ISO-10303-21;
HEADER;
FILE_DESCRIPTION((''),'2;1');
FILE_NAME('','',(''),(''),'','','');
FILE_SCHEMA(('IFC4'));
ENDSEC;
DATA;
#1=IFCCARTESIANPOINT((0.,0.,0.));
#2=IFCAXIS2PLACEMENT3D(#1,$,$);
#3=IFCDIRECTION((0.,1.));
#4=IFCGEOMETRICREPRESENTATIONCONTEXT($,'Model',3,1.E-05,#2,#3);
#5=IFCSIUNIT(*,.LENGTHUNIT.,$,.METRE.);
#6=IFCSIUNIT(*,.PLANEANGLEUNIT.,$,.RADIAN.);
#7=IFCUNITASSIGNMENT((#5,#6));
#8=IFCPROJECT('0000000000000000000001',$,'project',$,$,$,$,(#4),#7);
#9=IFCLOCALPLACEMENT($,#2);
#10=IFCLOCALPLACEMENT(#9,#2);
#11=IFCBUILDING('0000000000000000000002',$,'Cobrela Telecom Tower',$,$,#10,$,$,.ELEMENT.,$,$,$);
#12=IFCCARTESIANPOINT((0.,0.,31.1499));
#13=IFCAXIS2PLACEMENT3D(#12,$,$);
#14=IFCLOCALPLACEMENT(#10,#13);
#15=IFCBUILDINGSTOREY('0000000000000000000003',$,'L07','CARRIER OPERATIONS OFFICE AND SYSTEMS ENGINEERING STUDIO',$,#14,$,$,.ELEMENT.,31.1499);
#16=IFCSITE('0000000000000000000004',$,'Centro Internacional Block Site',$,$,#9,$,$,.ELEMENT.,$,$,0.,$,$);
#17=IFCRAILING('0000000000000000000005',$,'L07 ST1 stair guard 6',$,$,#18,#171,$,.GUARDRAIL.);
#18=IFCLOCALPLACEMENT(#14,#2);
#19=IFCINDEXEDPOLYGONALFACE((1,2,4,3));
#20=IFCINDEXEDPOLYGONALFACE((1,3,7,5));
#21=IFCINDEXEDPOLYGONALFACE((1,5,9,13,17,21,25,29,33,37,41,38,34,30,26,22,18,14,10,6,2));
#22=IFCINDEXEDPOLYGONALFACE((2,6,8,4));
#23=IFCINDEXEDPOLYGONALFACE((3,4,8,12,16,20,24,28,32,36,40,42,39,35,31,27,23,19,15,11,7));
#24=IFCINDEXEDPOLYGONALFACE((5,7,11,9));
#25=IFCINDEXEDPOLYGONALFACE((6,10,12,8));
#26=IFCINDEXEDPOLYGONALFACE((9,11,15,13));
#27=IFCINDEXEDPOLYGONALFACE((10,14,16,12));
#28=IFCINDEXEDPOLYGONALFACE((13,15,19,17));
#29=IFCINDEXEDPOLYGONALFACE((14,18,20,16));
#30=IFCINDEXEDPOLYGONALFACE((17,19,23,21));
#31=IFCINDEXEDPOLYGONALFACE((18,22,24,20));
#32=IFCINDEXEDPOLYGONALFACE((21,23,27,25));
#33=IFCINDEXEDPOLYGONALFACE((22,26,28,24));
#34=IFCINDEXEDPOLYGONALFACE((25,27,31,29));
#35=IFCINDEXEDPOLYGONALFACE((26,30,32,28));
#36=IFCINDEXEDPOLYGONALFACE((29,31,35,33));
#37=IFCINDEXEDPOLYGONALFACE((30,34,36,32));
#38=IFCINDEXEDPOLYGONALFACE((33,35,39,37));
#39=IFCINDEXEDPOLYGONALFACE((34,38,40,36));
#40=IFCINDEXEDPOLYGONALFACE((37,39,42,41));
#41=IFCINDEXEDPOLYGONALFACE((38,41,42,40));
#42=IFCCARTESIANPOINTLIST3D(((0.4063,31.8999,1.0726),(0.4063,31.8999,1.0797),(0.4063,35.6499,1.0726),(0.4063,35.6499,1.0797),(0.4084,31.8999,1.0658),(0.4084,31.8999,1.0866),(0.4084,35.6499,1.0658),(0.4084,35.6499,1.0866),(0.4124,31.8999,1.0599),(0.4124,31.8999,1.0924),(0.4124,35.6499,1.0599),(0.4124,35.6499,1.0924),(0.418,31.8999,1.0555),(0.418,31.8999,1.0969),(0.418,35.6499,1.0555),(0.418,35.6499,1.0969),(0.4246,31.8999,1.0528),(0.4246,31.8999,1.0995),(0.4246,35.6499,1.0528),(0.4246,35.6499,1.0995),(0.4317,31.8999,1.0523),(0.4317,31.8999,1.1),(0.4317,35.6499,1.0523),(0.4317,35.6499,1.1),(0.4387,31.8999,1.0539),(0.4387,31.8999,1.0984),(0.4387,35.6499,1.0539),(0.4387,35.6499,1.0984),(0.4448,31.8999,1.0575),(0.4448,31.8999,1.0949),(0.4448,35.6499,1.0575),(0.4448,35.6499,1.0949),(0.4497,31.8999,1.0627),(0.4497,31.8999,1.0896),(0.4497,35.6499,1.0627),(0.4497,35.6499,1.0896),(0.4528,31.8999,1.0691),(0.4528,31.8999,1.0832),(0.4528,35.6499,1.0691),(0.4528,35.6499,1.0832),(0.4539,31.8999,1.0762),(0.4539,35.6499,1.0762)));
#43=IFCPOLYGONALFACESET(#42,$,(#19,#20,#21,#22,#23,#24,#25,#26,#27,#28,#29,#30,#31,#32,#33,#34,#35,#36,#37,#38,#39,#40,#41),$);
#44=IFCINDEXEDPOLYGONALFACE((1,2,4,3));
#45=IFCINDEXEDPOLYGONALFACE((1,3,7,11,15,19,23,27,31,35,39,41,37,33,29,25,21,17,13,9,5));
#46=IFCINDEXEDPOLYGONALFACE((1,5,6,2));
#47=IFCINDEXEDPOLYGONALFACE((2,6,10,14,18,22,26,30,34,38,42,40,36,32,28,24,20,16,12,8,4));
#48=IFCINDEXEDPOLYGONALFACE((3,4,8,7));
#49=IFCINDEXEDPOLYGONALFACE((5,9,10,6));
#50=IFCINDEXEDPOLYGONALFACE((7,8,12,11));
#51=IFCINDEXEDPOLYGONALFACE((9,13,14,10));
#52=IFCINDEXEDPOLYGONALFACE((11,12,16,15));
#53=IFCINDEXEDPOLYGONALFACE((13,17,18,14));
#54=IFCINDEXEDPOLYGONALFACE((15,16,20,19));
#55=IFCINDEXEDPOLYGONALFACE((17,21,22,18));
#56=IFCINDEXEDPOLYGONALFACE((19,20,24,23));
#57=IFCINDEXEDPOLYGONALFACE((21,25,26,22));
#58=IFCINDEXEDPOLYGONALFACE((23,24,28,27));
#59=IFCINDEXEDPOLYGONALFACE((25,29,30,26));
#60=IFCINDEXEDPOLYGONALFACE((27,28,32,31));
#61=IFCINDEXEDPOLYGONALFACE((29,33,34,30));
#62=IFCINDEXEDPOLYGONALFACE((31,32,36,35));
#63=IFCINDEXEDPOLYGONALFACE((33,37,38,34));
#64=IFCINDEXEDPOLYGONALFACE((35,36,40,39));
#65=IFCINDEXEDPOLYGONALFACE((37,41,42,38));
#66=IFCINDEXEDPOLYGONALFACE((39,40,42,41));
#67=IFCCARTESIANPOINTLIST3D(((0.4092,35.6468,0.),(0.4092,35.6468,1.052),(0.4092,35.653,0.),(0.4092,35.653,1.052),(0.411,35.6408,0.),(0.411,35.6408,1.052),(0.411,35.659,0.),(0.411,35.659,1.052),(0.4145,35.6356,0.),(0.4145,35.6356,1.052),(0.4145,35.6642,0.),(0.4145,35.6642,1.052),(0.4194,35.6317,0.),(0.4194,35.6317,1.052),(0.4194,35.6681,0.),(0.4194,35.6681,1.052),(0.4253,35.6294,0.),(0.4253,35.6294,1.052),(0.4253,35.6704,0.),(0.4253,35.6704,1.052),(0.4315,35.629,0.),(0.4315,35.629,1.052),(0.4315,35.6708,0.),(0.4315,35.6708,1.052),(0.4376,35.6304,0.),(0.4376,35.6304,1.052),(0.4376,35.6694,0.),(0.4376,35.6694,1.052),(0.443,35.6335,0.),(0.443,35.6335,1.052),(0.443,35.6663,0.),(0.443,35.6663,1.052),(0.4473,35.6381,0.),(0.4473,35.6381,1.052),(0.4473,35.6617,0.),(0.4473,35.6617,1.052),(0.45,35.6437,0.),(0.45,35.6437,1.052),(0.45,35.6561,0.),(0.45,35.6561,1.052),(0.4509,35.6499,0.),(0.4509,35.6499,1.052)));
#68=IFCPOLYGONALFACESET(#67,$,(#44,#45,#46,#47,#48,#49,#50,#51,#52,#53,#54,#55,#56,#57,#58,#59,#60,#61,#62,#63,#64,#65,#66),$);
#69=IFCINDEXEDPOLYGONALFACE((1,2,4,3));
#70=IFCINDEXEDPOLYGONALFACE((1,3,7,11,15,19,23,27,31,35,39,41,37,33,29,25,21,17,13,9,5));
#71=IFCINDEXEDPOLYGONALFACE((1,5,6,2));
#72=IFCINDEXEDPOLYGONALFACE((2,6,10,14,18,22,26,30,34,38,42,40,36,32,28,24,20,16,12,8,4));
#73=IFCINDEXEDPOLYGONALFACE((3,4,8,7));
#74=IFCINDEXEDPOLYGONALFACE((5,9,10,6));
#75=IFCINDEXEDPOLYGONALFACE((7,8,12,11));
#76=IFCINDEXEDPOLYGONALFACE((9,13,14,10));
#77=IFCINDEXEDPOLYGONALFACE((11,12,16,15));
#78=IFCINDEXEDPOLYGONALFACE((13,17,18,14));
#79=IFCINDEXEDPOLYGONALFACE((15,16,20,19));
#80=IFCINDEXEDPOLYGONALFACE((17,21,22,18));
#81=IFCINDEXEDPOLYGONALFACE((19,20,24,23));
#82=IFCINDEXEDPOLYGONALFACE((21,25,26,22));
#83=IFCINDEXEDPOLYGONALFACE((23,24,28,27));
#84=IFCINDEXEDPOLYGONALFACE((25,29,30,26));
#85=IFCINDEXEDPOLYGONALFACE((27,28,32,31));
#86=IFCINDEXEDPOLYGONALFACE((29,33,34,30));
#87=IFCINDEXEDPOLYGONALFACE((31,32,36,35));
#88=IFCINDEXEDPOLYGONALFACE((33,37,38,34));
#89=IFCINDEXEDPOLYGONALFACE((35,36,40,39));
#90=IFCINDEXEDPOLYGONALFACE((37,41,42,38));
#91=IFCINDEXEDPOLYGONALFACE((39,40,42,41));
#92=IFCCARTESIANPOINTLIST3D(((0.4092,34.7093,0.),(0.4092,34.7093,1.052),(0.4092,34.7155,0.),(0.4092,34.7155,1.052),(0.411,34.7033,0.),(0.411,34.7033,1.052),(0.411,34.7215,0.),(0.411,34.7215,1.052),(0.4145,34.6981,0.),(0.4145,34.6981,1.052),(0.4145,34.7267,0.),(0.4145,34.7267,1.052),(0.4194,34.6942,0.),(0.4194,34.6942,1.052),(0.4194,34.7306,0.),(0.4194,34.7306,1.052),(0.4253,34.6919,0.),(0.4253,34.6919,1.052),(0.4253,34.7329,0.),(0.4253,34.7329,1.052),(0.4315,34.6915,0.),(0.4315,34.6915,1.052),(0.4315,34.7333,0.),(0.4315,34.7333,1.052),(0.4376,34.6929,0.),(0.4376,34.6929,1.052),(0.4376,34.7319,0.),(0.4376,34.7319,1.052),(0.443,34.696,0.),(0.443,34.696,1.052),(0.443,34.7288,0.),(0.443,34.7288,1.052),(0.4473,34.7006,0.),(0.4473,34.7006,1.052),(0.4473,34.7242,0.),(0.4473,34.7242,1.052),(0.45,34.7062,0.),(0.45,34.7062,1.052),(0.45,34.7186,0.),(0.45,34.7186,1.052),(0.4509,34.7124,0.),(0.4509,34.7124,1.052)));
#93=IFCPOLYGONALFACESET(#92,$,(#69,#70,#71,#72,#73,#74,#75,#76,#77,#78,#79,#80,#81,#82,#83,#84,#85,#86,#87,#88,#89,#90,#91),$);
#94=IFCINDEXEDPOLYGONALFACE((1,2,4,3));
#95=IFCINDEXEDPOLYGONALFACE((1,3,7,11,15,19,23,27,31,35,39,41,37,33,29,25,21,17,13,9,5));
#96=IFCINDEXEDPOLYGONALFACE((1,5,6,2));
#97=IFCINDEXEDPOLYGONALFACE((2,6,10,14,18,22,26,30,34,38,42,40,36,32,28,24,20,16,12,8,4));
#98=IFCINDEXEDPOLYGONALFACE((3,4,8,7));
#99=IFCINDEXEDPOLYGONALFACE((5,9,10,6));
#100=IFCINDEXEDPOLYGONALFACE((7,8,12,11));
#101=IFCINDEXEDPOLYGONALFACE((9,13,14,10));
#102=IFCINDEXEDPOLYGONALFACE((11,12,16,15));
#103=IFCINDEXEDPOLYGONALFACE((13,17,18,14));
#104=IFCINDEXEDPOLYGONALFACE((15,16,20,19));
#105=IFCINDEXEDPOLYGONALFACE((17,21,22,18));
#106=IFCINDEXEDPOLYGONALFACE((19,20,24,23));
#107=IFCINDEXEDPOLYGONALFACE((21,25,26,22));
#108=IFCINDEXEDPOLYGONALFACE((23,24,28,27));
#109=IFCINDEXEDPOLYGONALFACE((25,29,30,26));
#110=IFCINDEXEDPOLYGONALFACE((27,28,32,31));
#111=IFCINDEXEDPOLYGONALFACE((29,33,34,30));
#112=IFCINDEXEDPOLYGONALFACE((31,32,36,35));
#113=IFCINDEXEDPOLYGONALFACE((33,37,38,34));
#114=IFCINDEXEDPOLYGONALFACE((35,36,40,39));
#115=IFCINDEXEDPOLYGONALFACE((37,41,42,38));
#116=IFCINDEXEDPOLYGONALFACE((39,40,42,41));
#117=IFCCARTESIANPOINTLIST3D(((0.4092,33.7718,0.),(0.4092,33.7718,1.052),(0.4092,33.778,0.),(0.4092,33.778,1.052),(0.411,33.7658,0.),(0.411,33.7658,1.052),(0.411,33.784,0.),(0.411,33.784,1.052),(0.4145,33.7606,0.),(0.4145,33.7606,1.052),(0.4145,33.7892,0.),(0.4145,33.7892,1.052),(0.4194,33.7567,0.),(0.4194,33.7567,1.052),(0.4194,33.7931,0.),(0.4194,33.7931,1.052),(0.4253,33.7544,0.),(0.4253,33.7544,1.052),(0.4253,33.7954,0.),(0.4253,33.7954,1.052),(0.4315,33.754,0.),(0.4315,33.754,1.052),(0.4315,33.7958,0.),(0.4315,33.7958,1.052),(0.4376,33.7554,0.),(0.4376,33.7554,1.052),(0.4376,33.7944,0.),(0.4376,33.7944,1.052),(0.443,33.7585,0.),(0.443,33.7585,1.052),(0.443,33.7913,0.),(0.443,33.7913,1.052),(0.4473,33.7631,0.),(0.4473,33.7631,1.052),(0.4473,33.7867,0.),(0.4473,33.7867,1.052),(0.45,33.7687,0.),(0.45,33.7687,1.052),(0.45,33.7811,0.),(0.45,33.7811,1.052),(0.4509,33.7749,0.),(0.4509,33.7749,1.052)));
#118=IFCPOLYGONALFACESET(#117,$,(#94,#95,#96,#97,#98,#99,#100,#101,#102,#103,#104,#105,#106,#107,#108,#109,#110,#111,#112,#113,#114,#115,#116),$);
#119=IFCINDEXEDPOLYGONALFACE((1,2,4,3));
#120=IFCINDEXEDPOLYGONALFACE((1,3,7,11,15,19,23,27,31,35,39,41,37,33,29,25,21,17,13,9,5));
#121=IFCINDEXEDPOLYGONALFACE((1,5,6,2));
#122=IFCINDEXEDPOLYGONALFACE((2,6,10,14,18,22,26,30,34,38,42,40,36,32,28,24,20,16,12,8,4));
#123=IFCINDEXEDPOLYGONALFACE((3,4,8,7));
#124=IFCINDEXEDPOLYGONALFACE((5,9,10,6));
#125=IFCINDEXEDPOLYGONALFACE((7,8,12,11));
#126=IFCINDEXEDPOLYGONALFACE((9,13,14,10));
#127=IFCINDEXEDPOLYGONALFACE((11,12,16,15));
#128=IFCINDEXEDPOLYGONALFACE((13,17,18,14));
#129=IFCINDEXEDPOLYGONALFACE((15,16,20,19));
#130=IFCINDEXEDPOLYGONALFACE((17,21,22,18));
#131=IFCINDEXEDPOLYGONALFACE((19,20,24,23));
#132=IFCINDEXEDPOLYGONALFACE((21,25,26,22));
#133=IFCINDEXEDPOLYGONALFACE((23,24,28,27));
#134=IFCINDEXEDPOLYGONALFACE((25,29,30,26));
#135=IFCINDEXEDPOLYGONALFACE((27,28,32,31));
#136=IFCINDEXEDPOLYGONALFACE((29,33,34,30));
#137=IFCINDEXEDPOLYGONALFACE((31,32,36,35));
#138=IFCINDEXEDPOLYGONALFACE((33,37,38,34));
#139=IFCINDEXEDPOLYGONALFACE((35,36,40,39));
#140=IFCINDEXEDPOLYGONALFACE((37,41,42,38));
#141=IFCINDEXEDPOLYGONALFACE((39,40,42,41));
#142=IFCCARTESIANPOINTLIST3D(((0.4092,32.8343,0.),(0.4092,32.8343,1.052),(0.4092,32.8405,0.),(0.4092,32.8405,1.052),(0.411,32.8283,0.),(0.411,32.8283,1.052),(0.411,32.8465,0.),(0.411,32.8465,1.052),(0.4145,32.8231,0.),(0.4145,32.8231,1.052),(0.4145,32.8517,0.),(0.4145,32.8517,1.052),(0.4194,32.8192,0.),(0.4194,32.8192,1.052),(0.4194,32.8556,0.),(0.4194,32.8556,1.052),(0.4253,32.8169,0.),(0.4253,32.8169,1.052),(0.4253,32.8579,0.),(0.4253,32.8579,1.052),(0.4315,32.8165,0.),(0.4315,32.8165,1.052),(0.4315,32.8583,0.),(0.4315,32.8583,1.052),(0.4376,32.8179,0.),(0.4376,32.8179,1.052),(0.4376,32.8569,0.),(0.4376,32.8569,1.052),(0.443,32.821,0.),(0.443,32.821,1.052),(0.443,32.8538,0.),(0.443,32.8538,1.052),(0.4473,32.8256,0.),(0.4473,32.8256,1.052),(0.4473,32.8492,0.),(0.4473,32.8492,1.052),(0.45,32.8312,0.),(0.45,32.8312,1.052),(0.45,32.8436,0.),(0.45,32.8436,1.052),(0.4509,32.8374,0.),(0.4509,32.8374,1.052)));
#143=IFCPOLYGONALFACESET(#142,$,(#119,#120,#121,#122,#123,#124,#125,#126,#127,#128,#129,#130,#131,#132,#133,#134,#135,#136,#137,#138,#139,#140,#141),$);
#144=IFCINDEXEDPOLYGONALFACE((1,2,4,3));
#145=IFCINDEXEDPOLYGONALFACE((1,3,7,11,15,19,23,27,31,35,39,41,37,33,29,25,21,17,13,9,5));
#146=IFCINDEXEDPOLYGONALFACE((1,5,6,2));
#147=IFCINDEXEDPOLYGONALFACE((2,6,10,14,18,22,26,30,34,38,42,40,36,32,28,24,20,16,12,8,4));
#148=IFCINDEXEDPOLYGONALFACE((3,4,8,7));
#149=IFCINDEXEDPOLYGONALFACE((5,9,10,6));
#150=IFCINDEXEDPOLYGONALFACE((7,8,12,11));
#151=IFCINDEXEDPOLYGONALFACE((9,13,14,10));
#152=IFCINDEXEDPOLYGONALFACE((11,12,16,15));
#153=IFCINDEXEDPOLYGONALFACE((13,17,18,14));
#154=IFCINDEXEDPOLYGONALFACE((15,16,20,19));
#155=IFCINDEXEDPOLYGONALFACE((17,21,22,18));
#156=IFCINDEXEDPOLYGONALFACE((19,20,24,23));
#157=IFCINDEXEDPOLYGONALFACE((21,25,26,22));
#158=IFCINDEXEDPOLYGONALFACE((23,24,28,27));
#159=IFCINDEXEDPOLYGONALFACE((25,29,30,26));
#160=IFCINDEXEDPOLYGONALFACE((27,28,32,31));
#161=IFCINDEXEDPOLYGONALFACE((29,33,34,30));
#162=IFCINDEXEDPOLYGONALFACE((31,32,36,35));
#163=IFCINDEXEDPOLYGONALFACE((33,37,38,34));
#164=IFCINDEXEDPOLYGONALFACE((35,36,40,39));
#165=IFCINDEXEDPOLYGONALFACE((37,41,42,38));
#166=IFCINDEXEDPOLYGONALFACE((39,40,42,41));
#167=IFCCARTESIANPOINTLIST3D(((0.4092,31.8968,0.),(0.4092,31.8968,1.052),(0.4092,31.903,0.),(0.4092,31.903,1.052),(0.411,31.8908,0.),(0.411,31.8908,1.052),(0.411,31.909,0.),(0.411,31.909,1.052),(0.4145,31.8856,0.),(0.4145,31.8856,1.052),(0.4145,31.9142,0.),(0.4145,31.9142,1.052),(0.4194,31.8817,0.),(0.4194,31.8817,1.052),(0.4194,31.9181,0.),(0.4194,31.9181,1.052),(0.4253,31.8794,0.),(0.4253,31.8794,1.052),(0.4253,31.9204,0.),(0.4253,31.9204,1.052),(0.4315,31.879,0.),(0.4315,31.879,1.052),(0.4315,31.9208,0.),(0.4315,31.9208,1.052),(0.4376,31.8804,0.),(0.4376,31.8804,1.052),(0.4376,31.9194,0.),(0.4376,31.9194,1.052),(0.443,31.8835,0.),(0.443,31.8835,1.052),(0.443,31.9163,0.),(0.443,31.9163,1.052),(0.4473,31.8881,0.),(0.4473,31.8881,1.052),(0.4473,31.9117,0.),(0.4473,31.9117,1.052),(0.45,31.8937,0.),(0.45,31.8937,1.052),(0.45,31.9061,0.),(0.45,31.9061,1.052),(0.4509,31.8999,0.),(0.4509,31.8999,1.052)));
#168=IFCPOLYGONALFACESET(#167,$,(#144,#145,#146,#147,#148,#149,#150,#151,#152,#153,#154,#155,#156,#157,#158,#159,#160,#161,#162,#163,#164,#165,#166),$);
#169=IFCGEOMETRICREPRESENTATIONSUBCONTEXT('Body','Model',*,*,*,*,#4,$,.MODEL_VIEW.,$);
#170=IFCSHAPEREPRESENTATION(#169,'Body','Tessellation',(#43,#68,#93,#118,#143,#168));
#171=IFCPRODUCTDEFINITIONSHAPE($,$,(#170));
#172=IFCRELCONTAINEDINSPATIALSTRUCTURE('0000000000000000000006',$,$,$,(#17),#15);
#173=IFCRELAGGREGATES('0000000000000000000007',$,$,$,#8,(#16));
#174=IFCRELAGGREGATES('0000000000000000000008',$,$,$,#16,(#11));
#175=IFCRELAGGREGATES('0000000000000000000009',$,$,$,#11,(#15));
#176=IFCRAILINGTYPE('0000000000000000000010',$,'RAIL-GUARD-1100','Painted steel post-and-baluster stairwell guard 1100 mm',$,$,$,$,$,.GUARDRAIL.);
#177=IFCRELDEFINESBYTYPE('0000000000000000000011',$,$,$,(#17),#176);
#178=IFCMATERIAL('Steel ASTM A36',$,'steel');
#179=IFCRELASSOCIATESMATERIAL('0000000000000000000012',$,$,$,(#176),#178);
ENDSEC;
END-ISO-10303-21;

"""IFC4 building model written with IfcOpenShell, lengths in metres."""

from ifc_helpers import new_model, si_unit, direction, frame, origin, origin_2d, place, context, subcontext, project, spatial, circle, extrude, material, type_object, element, save


model = new_model("IFC4")

# Units and contexts
model_context = context("Model", 3, precision=1e-05, world=origin(), true_north=direction((0.0, 1.0)))
body_context = subcontext(model_context, "Body", "Model", "MODEL_VIEW")
ifc_project = project(units=[si_unit("LENGTHUNIT", "METRE"), si_unit("PLANEANGLEUNIT", "RADIAN")], contexts=[model_context])

# Site, building, storey
site_placement = place(None, origin())
site = spatial("IfcSite", under=ifc_project, at=site_placement, Name="Centro Internacional Block Site", CompositionType="ELEMENT", RefElevation=0.0)
building_placement = place(site_placement, origin())
building = spatial("IfcBuilding", under=site, at=building_placement, Name="Cobrela Telecom Tower", CompositionType="ELEMENT")
storey_placement = place(building_placement, frame((0.0, 0.0, 31.1499)))
storey = spatial("IfcBuildingStorey", under=building, at=storey_placement, Name="L07", Description="CARRIER OPERATIONS OFFICE AND SYSTEMS ENGINEERING STUDIO", CompositionType="ELEMENT", Elevation=31.1499)

# Shared definitions
ifc_material_1 = material(Name="Steel ASTM A36", Category="steel")

# Railing
railing_type_1 = type_object("IfcRailingType", Name="RAIL-GUARD-1100", Description="Painted steel post-and-baluster stairwell guard 1100 mm", PredefinedType="GUARDRAIL", material=ifc_material_1)
railing_1_placement = place(storey_placement, frame((0.4299, 35.6499, 0.0)))
element("IfcRailing", 1, at=railing_1_placement, inside=storey, type_object=railing_type_1, Name="L07 ST1 stair guard 6", PredefinedType="GUARDRAIL", context=body_context, shape_type="SweptSolid", body=[
    extrude(circle(Radius=0.0239, at=origin_2d()), frame((0.0, 0.0, 1.0762), z_axis=(0.0, -1.0, 0.0), x_axis=(1.0, 0.0, 0.0)), (0.0, 0.0, 1.0), 3.75),
    extrude(circle(Radius=0.021, at=origin_2d()), origin(), (0.0, 0.0, 1.0), 1.052),
    extrude(circle(Radius=0.021, at=origin_2d()), frame((0.0, -0.9375, 0.0)), (0.0, 0.0, 1.0), 1.052),
    extrude(circle(Radius=0.021, at=origin_2d()), frame((0.0, -1.875, 0.0)), (0.0, 0.0, 1.0), 1.052),
    extrude(circle(Radius=0.021, at=origin_2d()), frame((0.0, -2.8125, 0.0)), (0.0, 0.0, 1.0), 1.052),
    extrude(circle(Radius=0.021, at=origin_2d()), frame((0.0, -3.75, 0.0)), (0.0, 0.0, 1.0), 1.052),
])

save(model, "model.ifc")
